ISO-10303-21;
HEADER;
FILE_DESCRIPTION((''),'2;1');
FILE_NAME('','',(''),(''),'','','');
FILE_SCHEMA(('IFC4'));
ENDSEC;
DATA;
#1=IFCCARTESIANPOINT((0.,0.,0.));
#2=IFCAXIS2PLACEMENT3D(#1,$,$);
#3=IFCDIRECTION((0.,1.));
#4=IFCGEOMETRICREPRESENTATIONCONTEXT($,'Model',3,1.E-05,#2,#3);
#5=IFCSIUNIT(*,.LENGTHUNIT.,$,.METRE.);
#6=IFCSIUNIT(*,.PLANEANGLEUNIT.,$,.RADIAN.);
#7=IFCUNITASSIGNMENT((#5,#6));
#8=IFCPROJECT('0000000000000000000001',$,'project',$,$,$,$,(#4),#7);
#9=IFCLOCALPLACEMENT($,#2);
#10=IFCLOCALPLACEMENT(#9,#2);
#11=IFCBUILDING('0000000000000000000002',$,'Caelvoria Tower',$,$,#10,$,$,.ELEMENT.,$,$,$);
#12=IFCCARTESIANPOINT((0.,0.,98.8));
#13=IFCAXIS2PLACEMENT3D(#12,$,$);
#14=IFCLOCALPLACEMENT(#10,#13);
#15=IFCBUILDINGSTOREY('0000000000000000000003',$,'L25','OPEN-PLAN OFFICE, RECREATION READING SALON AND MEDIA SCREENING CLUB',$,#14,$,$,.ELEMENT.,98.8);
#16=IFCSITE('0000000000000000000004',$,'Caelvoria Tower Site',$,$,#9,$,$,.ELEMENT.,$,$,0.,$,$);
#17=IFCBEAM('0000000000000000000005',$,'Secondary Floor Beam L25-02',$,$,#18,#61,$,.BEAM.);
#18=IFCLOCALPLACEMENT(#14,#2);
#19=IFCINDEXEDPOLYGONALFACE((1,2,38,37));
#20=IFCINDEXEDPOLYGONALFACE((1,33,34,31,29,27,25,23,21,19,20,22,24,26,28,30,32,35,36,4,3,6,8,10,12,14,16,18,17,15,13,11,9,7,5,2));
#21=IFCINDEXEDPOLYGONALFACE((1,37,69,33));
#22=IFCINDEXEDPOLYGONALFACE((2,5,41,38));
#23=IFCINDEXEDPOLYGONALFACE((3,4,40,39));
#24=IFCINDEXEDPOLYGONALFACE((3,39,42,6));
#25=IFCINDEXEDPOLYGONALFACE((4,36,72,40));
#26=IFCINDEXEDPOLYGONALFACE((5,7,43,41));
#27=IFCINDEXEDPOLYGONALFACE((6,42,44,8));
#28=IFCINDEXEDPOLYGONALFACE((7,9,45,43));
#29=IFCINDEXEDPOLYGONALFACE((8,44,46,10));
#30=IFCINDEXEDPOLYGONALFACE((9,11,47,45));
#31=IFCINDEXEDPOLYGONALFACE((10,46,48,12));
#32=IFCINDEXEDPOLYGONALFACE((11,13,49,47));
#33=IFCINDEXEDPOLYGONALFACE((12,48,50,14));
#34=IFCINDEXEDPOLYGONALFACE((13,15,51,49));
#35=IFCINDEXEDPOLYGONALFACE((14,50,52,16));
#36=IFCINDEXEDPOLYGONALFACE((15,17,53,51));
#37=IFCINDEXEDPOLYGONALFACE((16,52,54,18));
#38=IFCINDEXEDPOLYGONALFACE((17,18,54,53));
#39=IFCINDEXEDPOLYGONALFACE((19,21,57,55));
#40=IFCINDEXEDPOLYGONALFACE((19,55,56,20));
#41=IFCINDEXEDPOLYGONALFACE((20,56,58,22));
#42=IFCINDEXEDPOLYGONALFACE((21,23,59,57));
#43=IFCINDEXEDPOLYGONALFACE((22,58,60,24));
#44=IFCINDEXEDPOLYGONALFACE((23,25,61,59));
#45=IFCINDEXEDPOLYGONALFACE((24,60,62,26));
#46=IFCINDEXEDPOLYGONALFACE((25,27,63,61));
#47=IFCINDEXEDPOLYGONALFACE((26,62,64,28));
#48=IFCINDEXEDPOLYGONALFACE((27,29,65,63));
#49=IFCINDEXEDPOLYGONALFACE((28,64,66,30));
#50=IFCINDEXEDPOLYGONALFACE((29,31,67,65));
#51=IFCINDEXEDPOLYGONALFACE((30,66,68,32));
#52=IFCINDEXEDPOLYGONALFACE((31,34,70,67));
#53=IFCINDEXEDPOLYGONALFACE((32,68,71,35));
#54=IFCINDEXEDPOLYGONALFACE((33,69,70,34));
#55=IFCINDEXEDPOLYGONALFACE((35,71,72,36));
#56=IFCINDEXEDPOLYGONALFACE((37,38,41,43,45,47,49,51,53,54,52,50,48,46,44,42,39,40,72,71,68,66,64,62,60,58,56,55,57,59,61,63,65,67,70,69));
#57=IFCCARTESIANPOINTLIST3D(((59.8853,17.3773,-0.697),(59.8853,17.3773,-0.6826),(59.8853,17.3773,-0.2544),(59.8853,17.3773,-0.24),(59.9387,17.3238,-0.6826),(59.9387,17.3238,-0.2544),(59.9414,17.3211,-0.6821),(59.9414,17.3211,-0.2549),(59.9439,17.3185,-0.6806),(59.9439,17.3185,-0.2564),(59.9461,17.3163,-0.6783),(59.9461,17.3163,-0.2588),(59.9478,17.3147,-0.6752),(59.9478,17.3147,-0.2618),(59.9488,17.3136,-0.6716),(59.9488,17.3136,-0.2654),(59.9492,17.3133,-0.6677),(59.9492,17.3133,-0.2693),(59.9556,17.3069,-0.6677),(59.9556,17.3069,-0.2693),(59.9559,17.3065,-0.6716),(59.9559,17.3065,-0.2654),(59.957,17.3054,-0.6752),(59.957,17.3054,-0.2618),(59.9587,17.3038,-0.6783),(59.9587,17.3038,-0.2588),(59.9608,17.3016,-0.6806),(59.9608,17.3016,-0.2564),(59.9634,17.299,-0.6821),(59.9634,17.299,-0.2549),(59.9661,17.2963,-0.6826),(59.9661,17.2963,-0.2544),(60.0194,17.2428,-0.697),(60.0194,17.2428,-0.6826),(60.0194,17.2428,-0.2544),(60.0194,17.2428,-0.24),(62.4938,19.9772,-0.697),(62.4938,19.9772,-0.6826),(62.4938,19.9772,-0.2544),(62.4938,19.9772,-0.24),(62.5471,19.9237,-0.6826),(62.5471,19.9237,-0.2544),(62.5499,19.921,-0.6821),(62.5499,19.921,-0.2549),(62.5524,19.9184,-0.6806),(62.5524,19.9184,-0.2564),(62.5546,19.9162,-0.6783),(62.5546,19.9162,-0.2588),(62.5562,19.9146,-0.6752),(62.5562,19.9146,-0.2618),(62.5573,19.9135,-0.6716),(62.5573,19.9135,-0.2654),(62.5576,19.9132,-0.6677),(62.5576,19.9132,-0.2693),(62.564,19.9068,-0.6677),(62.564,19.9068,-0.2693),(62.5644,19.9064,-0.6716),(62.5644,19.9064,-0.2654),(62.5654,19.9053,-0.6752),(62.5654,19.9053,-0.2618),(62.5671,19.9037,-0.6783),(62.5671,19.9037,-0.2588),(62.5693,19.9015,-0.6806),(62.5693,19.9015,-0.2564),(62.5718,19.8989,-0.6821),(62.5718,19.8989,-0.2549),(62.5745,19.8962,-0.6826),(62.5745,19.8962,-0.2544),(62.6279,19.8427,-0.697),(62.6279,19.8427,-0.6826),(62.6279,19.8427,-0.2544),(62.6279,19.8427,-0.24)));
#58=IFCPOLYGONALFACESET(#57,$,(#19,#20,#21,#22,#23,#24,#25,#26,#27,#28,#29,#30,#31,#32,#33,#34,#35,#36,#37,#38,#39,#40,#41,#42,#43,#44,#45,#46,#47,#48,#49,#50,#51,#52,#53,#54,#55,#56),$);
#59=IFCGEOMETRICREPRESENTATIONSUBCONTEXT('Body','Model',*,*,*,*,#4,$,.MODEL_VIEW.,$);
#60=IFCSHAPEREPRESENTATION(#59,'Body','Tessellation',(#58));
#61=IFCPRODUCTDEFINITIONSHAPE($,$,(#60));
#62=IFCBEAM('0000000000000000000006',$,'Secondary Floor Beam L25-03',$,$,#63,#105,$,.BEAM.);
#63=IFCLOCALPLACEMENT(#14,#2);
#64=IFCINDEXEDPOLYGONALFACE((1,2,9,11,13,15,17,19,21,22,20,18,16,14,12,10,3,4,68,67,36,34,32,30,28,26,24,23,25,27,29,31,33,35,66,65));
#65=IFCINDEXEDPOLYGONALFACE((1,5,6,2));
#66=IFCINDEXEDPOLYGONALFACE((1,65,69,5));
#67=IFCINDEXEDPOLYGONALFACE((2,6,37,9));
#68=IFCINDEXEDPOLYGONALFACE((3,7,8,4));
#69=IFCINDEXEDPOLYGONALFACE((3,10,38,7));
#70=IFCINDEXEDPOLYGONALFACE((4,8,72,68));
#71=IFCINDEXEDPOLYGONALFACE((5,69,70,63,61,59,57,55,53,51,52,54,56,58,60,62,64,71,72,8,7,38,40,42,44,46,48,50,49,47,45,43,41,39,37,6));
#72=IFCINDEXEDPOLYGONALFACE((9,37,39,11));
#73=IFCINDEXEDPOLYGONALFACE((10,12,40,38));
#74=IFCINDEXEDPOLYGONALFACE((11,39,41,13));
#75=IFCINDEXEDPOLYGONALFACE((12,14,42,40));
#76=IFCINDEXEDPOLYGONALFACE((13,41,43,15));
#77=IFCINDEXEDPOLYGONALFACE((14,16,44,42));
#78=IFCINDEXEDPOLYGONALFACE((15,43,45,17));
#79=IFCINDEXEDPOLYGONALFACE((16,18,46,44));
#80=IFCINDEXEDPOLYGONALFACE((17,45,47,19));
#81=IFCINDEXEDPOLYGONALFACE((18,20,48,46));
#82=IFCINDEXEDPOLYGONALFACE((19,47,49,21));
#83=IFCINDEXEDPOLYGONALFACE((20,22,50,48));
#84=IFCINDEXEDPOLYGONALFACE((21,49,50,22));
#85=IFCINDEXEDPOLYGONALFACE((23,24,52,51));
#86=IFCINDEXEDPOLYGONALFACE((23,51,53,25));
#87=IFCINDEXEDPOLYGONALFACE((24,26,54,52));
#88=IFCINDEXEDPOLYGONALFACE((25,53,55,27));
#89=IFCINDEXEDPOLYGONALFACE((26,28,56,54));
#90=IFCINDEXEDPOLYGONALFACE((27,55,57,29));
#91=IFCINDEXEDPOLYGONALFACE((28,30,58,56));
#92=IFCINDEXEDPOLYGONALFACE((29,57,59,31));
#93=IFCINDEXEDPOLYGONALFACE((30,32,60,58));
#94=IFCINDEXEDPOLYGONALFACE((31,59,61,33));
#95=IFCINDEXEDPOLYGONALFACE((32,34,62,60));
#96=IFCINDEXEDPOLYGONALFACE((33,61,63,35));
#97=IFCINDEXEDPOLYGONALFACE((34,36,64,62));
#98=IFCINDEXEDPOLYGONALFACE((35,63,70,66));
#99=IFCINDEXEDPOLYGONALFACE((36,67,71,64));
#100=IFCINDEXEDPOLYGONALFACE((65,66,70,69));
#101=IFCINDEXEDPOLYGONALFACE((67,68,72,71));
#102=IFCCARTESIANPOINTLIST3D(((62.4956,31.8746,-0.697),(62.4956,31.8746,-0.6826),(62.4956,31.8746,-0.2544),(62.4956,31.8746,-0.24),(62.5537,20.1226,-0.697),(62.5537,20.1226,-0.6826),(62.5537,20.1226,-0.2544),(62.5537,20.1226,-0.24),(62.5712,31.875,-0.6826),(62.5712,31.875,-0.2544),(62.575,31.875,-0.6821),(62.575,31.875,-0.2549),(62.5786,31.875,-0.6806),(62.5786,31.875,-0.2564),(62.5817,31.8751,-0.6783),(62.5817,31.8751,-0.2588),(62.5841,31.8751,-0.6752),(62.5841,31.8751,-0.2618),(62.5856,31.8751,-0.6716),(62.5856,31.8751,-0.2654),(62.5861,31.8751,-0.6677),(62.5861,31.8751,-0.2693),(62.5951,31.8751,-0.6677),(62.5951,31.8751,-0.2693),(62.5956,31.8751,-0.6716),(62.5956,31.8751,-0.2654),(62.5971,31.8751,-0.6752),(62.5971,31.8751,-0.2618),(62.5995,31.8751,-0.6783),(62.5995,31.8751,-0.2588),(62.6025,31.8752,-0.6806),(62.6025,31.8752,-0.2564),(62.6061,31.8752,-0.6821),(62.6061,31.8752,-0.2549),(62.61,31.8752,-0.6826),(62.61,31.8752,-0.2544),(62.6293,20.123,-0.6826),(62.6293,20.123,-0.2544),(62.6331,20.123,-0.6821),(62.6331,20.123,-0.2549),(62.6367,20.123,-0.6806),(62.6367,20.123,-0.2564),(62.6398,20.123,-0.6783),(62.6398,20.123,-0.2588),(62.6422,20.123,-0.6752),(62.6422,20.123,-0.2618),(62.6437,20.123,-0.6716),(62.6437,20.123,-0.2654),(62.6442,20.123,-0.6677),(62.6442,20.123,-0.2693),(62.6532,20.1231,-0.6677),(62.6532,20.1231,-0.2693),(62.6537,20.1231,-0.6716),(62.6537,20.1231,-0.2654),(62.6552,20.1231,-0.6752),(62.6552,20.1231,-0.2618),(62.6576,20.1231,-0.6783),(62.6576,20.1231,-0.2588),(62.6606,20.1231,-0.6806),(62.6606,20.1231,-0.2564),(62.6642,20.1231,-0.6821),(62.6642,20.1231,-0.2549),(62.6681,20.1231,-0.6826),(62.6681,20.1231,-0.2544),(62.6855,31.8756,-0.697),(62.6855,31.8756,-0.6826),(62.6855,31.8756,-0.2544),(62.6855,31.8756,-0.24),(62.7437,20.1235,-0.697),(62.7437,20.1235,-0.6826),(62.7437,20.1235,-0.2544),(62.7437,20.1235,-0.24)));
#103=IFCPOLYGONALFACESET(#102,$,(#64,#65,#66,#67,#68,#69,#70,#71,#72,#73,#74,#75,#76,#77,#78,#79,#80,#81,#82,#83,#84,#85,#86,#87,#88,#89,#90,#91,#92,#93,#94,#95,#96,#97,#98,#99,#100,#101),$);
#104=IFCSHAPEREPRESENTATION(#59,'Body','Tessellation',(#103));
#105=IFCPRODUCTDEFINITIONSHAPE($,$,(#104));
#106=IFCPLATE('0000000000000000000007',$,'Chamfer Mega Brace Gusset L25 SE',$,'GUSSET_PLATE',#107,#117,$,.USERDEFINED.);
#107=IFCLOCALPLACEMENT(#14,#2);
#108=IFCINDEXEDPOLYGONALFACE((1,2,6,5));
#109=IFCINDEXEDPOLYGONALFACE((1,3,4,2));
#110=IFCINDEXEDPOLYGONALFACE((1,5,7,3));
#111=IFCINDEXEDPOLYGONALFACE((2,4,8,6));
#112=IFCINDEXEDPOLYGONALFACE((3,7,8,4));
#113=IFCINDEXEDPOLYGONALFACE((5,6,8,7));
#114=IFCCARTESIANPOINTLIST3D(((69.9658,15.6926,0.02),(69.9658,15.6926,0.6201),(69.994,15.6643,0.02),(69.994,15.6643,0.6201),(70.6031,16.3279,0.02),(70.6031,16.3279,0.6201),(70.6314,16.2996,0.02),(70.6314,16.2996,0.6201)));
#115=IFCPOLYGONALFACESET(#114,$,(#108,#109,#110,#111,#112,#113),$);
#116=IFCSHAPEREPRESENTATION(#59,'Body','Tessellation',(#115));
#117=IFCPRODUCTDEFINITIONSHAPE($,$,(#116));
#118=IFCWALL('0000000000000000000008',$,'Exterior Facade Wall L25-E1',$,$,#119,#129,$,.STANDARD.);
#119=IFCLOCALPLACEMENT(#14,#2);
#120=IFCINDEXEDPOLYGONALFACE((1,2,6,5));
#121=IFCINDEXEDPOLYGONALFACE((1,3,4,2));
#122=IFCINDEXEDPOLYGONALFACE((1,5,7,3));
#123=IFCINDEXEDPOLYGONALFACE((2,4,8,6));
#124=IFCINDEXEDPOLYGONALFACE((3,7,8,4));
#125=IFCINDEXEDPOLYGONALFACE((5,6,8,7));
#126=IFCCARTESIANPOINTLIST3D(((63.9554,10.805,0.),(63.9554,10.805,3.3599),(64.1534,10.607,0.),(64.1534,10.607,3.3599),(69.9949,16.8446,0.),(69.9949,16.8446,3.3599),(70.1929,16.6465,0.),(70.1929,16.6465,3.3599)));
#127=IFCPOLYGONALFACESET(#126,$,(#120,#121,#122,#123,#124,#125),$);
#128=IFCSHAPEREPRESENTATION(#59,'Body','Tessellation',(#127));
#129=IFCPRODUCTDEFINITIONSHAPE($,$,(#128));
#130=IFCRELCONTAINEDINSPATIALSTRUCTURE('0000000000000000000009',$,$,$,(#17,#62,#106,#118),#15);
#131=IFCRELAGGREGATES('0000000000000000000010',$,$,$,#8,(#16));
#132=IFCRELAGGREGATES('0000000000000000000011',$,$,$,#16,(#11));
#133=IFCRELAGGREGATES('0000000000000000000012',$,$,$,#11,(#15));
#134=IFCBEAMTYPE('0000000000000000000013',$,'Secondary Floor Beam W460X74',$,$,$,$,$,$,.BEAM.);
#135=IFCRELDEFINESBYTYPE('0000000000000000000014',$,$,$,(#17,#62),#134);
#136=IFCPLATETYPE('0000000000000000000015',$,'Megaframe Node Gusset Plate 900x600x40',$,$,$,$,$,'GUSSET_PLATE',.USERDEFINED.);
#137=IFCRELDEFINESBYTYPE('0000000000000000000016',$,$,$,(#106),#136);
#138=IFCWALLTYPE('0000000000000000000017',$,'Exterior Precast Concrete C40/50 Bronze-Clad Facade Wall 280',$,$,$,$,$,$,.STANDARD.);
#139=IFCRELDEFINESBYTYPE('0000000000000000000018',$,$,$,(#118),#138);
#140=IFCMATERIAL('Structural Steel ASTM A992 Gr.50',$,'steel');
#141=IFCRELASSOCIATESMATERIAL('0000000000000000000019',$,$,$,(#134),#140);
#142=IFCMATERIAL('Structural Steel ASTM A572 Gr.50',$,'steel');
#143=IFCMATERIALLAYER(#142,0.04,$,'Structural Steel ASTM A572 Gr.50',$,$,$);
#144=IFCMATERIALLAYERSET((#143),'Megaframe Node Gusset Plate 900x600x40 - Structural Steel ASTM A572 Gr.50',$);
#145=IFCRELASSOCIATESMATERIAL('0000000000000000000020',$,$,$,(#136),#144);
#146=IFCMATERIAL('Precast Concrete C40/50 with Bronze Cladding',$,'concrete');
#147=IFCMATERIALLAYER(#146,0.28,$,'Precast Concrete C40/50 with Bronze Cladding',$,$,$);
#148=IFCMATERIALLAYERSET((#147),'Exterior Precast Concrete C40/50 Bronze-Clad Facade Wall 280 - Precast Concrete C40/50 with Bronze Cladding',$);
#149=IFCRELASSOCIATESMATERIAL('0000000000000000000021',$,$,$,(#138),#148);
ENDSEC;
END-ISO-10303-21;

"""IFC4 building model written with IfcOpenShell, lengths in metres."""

from ifc_helpers import new_model, si_unit, direction, frame, frame_2d, origin, origin_2d, place, context, subcontext, project, spatial, rectangle, i_section, extrude, material, layer, layer_set, material_profile, profile_set, type_object, element, save


model = new_model("IFC4")

# Units and contexts
model_context = context("Model", 3, precision=1e-05, world=origin(), true_north=direction((0.0, 1.0)))
body_context = subcontext(model_context, "Body", "Model", "MODEL_VIEW")
ifc_project = project(units=[si_unit("LENGTHUNIT", "METRE"), si_unit("PLANEANGLEUNIT", "RADIAN")], contexts=[model_context])

# Site, building, storey
site_placement = place(None, origin())
site = spatial("IfcSite", under=ifc_project, at=site_placement, Name="Caelvoria Tower Site", CompositionType="ELEMENT", RefElevation=0.0)
building_placement = place(site_placement, origin())
building = spatial("IfcBuilding", under=site, at=building_placement, Name="Caelvoria Tower", CompositionType="ELEMENT")
storey_placement = place(building_placement, frame((0.0, 0.0, 98.8)))
storey = spatial("IfcBuildingStorey", under=building, at=storey_placement, Name="L25", Description="OPEN-PLAN OFFICE, RECREATION READING SALON AND MEDIA SCREENING CLUB", CompositionType="ELEMENT", Elevation=98.8)

# Shared definitions
ifc_material_1 = material(Name="Structural Steel ASTM A572 Gr.50", Category="steel")

# Beams
ifc_material_2 = material(Name="Structural Steel ASTM A992 Gr.50", Category="steel")
ifc_material_profile_1 = material_profile(ifc_material_2, i_section(OverallWidth=0.1899, OverallDepth=0.457, WebThickness=0.009, FlangeThickness=0.0144, FilletRadius=0.0149, at=origin_2d()), Name="Structural Steel ASTM A992 Gr.50")
ifc_profile_set_1 = profile_set([ifc_material_profile_1], Name="W460X74 - Structural Steel ASTM A992 Gr.50")
beam_type_1 = type_object("IfcBeamType", Name="Secondary Floor Beam W460X74", PredefinedType="BEAM", material=ifc_profile_set_1)
beam_1_placement = place(storey_placement, frame((59.9524, 17.3101, -0.4685), z_axis=(0.708266, 0.705946, 0.0), x_axis=(-0.705946, 0.708266, 0.0)))
element("IfcBeam", 1, at=beam_1_placement, inside=storey, type_object=beam_type_1, Name="Secondary Floor Beam L25-02", PredefinedType="BEAM", context=body_context, shape_type="SweptSolid", body=[
    extrude(i_section(OverallWidth=0.1899, OverallDepth=0.457, WebThickness=0.009, FlangeThickness=0.0144, FilletRadius=0.0149, at=origin_2d()), origin(), (0.0, 0.0, 1.0), 3.6829),
])
beam_2_placement = place(storey_placement, frame((62.6487, 20.123, -0.4685), z_axis=(-0.004944, 0.999988, 0.0), x_axis=(-0.999988, -0.004944, 0.0)))
element("IfcBeam", 2, at=beam_2_placement, inside=storey, type_object=beam_type_1, Name="Secondary Floor Beam L25-03", PredefinedType="BEAM", context=body_context, shape_type="SweptSolid", body=[
    extrude(i_section(OverallWidth=0.1899, OverallDepth=0.457, WebThickness=0.009, FlangeThickness=0.0144, FilletRadius=0.0149, at=origin_2d()), origin(), (0.0, 0.0, 1.0), 11.7522),
])

# Plate
ifc_layer_1 = layer(ifc_material_1, 0.04, Name="Structural Steel ASTM A572 Gr.50")
ifc_layer_set_1 = layer_set([ifc_layer_1], Name="Megaframe Node Gusset Plate 900x600x40 - Structural Steel ASTM A572 Gr.50")
plate_type = type_object("IfcPlateType", Name="Megaframe Node Gusset Plate 900x600x40", ElementType="GUSSET_PLATE", PredefinedType="USERDEFINED", material=ifc_layer_set_1)
plate_placement = place(storey_placement, frame((70.2986, 15.9961, 0.02), z_axis=(0.0, 0.0, 1.0), x_axis=(-0.708276, -0.705936, 0.0)))
element("IfcPlate", 3, at=plate_placement, inside=storey, type_object=plate_type, Name="Chamfer Mega Brace Gusset L25 SE", ObjectType="GUSSET_PLATE", PredefinedType="USERDEFINED", context=body_context, shape_type="SweptSolid", body=[
    extrude(rectangle(XDim=0.8999, YDim=0.04, at=origin_2d()), origin(), (0.0, 0.0, 1.0), 0.6001),
])

# Wall
ifc_material_3 = material(Name="Precast Concrete C40/50 with Bronze Cladding", Category="concrete")
ifc_layer_2 = layer(ifc_material_3, 0.28, Name="Precast Concrete C40/50 with Bronze Cladding")
ifc_layer_set_2 = layer_set([ifc_layer_2], Name="Exterior Precast Concrete C40/50 Bronze-Clad Facade Wall 280 - Precast Concrete C40/50 with Bronze Cladding")
wall_type_1 = type_object("IfcWallType", Name="Exterior Precast Concrete C40/50 Bronze-Clad Facade Wall 280", PredefinedType="STANDARD", material=ifc_layer_set_2)
wall_1_placement = place(storey_placement, frame((64.0544, 10.7061, 0.0), z_axis=(0.0, 0.0, 1.0), x_axis=(0.707107, 0.707107, 0.0)))
element("IfcWall", 4, at=wall_1_placement, inside=storey, type_object=wall_type_1, Name="Exterior Facade Wall L25-E1", PredefinedType="STANDARD", context=body_context, shape_type="SweptSolid", body=[
    extrude(rectangle(XDim=8.5413, YDim=0.28, at=frame_2d((4.2705, 0.0))), origin(), (0.0, 0.0, 1.0), 3.3599),
])

save(model, "model.ifc")
